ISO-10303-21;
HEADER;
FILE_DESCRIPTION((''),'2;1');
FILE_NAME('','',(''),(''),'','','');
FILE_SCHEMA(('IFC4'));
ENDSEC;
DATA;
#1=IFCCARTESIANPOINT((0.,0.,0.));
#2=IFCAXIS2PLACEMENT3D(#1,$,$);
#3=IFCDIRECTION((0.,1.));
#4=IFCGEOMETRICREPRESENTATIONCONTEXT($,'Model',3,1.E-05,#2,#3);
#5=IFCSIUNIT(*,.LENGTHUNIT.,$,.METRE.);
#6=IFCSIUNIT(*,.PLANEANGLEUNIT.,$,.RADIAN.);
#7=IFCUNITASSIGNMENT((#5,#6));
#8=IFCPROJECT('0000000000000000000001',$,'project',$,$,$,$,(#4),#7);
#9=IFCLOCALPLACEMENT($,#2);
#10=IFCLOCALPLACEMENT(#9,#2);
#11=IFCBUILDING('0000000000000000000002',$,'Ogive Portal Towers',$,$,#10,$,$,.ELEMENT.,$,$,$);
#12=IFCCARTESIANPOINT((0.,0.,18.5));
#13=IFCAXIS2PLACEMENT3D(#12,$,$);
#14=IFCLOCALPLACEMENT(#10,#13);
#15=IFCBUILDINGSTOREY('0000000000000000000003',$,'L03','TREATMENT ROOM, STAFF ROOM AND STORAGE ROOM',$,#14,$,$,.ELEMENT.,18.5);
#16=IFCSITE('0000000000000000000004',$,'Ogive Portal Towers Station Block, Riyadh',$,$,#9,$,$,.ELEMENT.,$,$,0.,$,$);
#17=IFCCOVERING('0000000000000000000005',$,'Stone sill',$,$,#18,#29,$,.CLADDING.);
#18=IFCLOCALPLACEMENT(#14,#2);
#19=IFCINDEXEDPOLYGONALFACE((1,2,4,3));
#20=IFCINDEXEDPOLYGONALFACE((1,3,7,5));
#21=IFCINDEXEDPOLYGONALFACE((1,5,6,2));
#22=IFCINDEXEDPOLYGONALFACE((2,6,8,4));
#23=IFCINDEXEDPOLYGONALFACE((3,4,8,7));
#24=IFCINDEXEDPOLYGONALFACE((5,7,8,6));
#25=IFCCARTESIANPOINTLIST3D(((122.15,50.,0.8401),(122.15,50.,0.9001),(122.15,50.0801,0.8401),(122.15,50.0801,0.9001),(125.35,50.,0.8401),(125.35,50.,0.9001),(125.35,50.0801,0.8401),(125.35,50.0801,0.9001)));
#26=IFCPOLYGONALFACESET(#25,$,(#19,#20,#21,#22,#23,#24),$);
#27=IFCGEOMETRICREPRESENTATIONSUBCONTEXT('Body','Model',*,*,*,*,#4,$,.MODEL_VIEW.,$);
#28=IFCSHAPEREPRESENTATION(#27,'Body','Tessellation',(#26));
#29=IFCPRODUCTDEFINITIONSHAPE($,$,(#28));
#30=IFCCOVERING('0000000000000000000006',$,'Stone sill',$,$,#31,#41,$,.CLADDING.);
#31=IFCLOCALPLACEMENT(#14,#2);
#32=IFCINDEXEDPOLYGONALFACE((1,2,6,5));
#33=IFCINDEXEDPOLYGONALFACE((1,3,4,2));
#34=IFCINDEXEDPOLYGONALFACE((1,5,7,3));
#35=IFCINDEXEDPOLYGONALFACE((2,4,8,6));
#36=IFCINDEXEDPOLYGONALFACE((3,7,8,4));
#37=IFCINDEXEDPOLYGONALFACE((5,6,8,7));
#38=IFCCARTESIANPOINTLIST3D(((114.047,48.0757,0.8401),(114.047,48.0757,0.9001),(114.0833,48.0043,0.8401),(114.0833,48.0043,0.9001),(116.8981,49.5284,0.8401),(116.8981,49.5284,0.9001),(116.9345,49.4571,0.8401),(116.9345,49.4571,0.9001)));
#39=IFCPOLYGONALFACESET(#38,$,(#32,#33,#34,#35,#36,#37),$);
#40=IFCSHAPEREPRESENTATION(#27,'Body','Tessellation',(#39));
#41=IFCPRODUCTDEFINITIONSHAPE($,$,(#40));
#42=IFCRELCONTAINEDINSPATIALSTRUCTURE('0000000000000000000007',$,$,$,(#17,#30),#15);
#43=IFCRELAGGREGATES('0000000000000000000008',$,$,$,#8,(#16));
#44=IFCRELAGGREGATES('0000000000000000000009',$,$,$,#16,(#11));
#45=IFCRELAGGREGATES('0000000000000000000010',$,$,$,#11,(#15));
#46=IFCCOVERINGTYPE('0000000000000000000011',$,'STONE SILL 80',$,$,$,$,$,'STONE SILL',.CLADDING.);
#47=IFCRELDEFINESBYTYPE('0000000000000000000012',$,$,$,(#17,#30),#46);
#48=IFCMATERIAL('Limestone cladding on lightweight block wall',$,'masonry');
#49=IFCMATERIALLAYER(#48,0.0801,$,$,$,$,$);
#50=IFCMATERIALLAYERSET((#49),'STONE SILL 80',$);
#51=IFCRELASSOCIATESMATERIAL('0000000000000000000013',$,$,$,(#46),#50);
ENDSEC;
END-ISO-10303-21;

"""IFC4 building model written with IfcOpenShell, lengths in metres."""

from ifc_helpers import new_model, si_unit, direction, frame, origin, origin_2d, place, context, subcontext, project, spatial, rectangle, extrude, material, layer, layer_set, type_object, element, save


model = new_model("IFC4")

# Units and contexts
model_context = context("Model", 3, precision=1e-05, world=origin(), true_north=direction((0.0, 1.0)))
body_context = subcontext(model_context, "Body", "Model", "MODEL_VIEW")
ifc_project = project(units=[si_unit("LENGTHUNIT", "METRE"), si_unit("PLANEANGLEUNIT", "RADIAN")], contexts=[model_context])

# Site, building, storey
site_placement = place(None, origin())
site = spatial("IfcSite", under=ifc_project, at=site_placement, Name="Ogive Portal Towers Station Block, Riyadh", CompositionType="ELEMENT", RefElevation=0.0)
building_placement = place(site_placement, origin())
building = spatial("IfcBuilding", under=site, at=building_placement, Name="Ogive Portal Towers", CompositionType="ELEMENT")
storey_placement = place(building_placement, frame((0.0, 0.0, 18.5)))
storey = spatial("IfcBuildingStorey", under=building, at=storey_placement, Name="L03", Description="TREATMENT ROOM, STAFF ROOM AND STORAGE ROOM", CompositionType="ELEMENT", Elevation=18.5)

# Shared definitions
ifc_material_1 = material(Name="Limestone cladding on lightweight block wall", Category="masonry")

# Coverings
ifc_layer_1 = layer(ifc_material_1, 0.0801)
ifc_layer_set_1 = layer_set([ifc_layer_1], Name="STONE SILL 80")
covering_type = type_object("IfcCoveringType", Name="STONE SILL 80", ElementType="STONE SILL", PredefinedType="CLADDING", material=ifc_layer_set_1)
for number, where, z_axis, x_axis, name in (
    (1, (123.75, 50.04, 0.8401), (0.0, 0.0, 1.0), (-1.0, 0.0, 0.0), "Stone sill"),
    (2, (115.4907, 48.7664, 0.8401), (0.0, 0.0, 1.0), (-0.891007, -0.45399, 0.0), "Stone sill"),
):
    element("IfcCovering", number, at=place(storey_placement, frame(where, z_axis=z_axis, x_axis=x_axis)), inside=storey, type_object=covering_type, Name=name, PredefinedType="CLADDING", context=body_context, shape_type="SweptSolid", body=[
        extrude(rectangle(XDim=3.2, YDim=0.0801, at=origin_2d()), origin(), (0.0, 0.0, 1.0), 0.0601),
    ])

save(model, "model.ifc")
